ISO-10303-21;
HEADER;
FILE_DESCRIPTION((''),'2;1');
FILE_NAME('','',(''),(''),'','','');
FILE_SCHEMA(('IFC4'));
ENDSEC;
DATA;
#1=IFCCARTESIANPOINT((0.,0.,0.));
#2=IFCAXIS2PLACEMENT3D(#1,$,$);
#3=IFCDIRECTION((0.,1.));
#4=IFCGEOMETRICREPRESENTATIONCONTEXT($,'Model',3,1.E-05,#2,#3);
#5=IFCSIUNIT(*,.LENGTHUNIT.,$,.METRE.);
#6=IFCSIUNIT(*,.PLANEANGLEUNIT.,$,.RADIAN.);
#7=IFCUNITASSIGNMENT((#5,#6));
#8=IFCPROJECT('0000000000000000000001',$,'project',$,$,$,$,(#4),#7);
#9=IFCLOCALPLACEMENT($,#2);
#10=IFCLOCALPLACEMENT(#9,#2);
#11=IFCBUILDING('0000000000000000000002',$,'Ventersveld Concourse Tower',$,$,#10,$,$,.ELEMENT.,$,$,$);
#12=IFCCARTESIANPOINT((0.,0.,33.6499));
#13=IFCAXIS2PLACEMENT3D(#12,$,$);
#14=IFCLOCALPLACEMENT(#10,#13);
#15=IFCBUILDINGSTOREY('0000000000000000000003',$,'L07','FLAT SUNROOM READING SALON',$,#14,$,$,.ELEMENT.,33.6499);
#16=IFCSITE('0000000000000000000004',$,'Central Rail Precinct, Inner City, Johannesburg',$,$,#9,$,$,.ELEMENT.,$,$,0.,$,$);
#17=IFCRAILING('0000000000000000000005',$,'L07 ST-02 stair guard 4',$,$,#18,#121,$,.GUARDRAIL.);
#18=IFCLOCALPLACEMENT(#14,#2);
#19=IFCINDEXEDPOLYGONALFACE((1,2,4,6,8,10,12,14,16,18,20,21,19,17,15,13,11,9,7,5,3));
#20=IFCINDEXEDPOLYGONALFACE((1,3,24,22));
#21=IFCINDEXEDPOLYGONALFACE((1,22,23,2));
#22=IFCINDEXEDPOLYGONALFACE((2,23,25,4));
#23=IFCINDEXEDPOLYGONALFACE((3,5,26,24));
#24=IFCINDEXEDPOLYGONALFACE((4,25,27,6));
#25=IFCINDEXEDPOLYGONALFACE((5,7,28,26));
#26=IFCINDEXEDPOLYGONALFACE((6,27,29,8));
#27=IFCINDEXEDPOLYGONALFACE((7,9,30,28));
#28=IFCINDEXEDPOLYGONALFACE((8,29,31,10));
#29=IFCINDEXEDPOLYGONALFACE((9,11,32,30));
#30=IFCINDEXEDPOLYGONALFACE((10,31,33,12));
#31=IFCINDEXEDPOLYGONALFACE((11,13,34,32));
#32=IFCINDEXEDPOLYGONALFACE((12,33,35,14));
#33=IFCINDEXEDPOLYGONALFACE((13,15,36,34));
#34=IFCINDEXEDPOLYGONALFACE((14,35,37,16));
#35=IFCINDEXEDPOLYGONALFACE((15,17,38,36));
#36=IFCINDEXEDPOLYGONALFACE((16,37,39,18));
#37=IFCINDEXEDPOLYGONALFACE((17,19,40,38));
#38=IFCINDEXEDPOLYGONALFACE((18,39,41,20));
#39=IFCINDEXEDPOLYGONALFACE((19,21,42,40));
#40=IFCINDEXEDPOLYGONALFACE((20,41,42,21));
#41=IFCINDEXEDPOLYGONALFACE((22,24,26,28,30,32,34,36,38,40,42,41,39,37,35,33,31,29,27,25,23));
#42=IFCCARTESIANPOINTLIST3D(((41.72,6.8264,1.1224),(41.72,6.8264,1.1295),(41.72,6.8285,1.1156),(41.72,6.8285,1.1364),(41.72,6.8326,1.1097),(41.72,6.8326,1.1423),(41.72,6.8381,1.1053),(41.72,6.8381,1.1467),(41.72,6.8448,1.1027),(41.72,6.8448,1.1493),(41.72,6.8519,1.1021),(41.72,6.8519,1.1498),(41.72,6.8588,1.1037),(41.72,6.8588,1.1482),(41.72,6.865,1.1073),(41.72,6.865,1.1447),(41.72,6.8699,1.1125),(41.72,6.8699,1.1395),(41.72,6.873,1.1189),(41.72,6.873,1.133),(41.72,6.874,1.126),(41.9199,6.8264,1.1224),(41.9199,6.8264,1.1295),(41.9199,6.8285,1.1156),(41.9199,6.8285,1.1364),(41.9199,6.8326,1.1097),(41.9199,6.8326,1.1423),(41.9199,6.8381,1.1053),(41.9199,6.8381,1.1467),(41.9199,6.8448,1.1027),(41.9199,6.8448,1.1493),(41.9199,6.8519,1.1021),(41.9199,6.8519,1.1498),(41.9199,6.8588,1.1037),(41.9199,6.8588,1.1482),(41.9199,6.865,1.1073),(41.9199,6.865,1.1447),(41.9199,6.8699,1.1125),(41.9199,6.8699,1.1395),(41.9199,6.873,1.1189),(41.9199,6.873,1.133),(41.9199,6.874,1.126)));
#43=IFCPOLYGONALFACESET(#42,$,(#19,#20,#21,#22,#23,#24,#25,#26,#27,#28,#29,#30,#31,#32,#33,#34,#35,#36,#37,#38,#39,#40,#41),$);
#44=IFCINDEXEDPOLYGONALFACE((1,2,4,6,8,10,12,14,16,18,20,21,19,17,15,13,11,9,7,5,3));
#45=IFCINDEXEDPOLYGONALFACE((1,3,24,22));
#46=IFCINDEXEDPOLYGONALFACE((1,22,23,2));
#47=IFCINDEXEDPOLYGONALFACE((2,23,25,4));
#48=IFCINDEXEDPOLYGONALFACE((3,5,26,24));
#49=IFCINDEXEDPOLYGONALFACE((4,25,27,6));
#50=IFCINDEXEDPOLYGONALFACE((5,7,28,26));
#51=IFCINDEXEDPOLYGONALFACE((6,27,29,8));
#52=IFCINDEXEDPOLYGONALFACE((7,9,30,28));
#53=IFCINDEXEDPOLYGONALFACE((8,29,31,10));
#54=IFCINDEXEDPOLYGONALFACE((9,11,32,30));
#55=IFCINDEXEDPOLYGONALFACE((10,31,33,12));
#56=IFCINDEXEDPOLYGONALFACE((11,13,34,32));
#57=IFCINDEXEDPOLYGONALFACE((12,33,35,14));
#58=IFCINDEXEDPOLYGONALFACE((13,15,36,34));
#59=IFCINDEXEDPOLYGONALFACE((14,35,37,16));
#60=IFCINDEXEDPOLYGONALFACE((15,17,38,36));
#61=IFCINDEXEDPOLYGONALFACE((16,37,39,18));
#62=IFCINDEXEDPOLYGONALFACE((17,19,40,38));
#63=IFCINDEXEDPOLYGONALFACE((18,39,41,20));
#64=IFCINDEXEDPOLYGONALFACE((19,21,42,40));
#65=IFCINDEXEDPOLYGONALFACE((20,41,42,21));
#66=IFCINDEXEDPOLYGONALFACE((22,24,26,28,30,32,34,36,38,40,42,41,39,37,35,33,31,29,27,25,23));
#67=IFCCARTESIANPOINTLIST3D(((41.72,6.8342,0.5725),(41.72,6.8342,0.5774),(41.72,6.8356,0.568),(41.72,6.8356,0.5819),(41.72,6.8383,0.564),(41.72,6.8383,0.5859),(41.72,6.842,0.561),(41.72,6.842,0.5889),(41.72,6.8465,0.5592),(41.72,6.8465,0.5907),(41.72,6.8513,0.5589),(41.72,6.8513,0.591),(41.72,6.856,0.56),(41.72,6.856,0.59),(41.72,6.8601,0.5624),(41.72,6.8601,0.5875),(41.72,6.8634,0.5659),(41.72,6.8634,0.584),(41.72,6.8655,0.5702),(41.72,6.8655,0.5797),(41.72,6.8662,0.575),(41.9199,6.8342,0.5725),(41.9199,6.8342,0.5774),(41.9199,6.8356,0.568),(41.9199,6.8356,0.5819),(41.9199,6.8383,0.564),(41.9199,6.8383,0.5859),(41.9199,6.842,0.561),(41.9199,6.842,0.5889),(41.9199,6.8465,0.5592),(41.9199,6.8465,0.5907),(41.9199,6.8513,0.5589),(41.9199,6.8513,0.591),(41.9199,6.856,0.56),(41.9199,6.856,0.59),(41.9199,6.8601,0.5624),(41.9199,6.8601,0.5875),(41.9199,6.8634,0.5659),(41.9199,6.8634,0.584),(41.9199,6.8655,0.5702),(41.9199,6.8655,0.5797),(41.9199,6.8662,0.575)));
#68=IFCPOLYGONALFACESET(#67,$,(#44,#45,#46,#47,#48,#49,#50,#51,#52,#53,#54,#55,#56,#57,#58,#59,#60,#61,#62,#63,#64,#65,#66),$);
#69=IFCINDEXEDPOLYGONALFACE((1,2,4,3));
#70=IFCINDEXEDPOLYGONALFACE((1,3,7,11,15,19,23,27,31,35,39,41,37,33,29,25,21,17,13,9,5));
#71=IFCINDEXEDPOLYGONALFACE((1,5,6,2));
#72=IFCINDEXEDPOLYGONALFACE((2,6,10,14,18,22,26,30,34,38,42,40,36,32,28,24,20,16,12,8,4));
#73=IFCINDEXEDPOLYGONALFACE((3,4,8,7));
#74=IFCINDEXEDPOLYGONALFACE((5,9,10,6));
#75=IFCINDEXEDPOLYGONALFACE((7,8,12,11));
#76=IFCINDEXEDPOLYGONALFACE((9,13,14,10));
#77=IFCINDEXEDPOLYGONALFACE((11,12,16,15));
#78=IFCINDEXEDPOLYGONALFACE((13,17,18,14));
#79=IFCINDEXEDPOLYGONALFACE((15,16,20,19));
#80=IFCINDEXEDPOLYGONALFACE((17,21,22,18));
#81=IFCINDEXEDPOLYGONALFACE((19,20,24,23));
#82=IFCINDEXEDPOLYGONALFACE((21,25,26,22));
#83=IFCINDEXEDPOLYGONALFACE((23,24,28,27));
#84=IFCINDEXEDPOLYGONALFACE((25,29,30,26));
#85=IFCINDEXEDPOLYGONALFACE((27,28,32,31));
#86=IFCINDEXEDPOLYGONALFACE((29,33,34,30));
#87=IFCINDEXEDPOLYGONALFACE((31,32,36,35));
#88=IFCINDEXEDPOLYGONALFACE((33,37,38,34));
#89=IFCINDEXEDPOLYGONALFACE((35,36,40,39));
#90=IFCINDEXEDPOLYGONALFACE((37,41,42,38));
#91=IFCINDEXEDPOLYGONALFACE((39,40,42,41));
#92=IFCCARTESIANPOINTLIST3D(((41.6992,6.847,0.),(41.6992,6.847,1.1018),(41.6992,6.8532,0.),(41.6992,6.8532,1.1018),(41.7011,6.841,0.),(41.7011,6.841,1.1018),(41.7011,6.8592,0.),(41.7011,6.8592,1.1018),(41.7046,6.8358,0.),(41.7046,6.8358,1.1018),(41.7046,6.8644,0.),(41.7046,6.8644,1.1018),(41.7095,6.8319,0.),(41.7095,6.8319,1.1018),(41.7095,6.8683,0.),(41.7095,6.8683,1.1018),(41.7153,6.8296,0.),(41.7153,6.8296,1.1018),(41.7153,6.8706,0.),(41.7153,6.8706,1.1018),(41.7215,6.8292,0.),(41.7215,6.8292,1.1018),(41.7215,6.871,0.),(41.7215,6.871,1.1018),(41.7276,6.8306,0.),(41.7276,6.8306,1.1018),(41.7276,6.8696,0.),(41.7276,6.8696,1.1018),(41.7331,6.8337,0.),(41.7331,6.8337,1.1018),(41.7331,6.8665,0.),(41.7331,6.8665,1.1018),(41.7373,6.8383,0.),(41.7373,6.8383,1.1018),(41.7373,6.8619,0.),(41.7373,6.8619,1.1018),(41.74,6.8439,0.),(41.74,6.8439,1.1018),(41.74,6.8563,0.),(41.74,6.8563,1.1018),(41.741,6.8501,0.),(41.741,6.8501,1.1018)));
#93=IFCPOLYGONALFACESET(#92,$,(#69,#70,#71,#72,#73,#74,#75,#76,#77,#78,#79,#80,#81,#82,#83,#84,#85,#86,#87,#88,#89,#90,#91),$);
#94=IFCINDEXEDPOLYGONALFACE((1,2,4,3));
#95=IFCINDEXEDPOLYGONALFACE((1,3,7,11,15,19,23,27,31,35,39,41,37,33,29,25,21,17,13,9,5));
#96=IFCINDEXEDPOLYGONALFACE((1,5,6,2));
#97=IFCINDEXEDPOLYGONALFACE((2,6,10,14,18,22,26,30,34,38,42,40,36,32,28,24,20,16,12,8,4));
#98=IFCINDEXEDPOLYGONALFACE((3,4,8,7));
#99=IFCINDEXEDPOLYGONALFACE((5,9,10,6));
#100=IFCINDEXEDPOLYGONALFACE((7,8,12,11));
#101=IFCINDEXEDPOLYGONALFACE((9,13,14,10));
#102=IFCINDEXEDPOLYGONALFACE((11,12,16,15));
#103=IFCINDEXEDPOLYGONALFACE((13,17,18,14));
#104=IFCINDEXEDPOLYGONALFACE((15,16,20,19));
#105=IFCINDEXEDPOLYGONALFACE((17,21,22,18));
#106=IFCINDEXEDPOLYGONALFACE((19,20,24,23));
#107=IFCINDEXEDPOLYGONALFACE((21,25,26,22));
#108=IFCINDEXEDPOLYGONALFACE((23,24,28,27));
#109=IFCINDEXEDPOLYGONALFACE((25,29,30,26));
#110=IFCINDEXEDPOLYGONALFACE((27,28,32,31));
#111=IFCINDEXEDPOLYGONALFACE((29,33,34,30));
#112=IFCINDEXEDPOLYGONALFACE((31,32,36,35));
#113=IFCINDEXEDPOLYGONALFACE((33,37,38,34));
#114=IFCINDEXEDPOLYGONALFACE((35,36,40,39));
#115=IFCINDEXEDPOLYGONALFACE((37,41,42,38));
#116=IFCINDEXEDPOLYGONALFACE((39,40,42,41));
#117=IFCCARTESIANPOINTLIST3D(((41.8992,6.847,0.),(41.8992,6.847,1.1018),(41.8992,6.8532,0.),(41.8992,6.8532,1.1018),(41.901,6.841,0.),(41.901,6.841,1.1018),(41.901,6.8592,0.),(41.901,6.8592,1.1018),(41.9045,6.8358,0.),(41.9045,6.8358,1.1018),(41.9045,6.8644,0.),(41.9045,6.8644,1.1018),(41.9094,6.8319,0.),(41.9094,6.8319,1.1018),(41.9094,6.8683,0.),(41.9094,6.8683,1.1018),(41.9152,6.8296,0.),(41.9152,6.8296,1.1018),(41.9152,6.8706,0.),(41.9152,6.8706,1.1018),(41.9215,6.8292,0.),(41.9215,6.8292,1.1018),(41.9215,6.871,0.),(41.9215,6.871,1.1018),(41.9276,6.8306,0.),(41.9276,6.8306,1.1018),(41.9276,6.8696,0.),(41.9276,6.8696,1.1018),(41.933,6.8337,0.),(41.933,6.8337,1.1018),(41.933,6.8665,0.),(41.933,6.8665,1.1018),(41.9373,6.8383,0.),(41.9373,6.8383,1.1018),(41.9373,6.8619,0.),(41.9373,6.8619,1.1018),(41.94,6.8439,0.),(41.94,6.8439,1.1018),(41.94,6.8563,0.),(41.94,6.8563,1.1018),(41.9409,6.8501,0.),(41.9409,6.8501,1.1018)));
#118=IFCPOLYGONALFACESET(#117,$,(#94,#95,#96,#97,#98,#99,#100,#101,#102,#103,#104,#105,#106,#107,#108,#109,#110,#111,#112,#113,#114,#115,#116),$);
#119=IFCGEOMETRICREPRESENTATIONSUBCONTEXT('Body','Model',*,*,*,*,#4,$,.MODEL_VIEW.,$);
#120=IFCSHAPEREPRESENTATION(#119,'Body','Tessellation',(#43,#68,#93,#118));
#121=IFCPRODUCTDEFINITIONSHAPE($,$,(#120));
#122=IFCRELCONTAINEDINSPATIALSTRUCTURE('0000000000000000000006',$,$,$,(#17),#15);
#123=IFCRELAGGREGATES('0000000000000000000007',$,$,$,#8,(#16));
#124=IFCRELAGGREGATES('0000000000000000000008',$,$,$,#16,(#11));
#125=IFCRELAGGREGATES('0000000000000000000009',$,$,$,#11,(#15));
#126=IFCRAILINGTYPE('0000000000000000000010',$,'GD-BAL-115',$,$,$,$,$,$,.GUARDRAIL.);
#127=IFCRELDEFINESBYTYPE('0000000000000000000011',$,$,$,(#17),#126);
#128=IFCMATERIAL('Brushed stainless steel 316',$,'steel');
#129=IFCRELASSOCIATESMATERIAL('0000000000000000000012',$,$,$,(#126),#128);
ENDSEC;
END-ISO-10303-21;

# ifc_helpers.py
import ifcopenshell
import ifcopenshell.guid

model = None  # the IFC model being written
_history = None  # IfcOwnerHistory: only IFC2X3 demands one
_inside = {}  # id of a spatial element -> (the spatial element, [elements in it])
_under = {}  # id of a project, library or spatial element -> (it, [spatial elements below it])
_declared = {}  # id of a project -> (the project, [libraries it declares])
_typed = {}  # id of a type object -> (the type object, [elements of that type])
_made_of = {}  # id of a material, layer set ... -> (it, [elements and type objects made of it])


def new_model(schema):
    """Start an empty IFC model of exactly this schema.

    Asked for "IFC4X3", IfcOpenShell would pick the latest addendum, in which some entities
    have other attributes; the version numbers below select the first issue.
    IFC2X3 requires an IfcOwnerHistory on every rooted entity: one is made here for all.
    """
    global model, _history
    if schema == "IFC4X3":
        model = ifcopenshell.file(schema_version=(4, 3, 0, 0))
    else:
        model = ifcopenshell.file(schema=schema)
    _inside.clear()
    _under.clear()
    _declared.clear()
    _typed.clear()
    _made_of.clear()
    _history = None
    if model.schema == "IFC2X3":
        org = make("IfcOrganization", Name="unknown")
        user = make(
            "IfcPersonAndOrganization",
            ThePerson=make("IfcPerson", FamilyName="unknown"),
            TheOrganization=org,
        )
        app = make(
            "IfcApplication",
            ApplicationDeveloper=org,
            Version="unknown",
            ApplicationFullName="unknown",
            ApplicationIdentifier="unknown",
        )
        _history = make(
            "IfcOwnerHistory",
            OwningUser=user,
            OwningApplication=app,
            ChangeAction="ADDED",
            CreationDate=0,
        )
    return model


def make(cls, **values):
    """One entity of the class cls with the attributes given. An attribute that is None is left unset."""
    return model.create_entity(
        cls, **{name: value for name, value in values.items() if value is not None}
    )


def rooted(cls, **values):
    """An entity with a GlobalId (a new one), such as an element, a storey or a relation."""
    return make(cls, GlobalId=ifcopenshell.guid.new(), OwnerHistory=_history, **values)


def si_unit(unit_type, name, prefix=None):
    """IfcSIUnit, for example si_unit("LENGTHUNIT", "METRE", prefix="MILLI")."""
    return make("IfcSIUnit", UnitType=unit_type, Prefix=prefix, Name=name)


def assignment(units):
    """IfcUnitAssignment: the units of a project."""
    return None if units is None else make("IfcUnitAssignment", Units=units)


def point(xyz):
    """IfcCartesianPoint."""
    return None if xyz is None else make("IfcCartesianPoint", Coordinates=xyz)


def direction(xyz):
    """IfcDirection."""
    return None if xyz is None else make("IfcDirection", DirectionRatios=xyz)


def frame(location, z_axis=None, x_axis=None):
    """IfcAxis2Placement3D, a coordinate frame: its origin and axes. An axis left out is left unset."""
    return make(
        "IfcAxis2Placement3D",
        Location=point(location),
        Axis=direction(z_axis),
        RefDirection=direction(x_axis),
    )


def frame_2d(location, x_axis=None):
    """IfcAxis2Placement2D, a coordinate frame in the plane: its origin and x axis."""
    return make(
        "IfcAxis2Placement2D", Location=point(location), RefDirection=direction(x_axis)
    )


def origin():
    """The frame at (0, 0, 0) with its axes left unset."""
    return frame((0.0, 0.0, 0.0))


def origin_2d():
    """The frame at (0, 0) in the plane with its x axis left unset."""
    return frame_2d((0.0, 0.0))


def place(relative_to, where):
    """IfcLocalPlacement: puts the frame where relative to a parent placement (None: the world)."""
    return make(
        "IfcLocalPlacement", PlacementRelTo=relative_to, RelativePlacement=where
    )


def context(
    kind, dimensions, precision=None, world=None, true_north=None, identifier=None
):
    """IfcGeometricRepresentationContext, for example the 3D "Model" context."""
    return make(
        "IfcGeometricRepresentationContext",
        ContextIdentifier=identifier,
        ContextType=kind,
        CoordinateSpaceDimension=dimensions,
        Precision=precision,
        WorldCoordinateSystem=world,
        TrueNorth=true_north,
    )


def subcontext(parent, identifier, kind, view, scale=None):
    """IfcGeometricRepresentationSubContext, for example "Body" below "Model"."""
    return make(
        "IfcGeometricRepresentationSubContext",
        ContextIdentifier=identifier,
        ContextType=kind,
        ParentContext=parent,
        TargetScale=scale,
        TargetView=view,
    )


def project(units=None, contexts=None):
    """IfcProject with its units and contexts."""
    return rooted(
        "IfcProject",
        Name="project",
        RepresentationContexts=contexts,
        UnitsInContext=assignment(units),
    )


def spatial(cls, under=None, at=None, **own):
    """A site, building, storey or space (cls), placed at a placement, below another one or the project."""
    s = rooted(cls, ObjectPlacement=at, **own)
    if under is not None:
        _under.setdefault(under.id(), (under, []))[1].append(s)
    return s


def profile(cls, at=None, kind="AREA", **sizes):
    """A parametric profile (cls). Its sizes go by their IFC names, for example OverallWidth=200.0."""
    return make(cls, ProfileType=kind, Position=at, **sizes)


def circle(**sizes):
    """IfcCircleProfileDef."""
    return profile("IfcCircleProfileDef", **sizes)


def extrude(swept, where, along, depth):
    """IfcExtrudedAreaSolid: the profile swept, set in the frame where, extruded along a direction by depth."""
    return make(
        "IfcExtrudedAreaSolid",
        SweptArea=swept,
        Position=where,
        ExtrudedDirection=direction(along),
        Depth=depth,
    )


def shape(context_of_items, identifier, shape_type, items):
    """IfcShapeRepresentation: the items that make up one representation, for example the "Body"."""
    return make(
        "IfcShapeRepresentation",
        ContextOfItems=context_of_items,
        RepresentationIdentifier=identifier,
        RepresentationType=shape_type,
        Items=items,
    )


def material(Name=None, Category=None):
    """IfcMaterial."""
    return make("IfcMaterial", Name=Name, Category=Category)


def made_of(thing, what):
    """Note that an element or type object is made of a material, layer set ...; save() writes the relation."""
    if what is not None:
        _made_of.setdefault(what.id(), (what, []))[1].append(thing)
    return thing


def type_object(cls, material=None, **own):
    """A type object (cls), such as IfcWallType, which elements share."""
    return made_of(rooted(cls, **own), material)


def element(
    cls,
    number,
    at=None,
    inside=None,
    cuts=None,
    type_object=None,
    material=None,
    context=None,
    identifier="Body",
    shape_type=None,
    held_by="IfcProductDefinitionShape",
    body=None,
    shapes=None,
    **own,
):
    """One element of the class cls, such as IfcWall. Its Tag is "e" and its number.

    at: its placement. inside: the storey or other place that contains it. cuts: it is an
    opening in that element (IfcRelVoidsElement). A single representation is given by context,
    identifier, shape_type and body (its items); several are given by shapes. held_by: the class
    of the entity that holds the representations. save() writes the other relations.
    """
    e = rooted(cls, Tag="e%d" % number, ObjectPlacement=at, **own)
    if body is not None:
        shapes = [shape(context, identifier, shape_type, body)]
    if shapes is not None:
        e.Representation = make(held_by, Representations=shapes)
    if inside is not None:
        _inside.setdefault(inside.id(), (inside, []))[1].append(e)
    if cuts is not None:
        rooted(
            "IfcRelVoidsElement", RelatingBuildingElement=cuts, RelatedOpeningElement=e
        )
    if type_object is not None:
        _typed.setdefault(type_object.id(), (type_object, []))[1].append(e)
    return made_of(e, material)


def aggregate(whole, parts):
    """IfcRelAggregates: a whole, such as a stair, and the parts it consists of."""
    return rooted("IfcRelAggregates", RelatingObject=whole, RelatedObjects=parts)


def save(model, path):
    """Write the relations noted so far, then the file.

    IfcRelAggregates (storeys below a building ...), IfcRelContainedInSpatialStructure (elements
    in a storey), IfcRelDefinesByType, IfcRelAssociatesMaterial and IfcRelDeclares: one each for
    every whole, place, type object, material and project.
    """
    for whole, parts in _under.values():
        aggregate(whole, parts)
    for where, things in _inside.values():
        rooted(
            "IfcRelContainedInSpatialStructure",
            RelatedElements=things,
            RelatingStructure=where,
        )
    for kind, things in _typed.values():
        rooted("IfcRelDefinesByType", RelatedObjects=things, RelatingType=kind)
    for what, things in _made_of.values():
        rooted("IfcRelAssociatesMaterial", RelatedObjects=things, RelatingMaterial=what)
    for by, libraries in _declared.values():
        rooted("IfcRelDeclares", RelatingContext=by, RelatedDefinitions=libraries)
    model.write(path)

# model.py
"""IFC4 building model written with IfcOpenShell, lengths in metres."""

from ifc_helpers import new_model, si_unit, direction, frame, origin, origin_2d, place, context, subcontext, project, spatial, circle, extrude, material, type_object, element, save


model = new_model("IFC4")

# Units and contexts
model_context = context("Model", 3, precision=1e-05, world=origin(), true_north=direction((0.0, 1.0)))
body_context = subcontext(model_context, "Body", "Model", "MODEL_VIEW")
ifc_project = project(units=[si_unit("LENGTHUNIT", "METRE"), si_unit("PLANEANGLEUNIT", "RADIAN")], contexts=[model_context])

# Site, building, storey
site_placement = place(None, origin())
site = spatial("IfcSite", under=ifc_project, at=site_placement, Name="Central Rail Precinct, Inner City, Johannesburg", CompositionType="ELEMENT", RefElevation=0.0)
building_placement = place(site_placement, origin())
building = spatial("IfcBuilding", under=site, at=building_placement, Name="Ventersveld Concourse Tower", CompositionType="ELEMENT")
storey_placement = place(building_placement, frame((0.0, 0.0, 33.6499)))
storey = spatial("IfcBuildingStorey", under=building, at=storey_placement, Name="L07", Description="FLAT SUNROOM READING SALON", CompositionType="ELEMENT", Elevation=33.6499)

# Railing
ifc_material_1 = material(Name="Brushed stainless steel 316", Category="steel")
railing_type_1 = type_object("IfcRailingType", Name="GD-BAL-115", PredefinedType="GUARDRAIL", material=ifc_material_1)
railing_1_placement = place(storey_placement, frame((41.72, 6.8501, 0.0)))
element("IfcRailing", 1, at=railing_1_placement, inside=storey, type_object=railing_type_1, Name="L07 ST-02 stair guard 4", PredefinedType="GUARDRAIL", context=body_context, shape_type="SweptSolid", body=[
    extrude(circle(Radius=0.0239, at=origin_2d()), frame((0.0, 0.0, 1.126), z_axis=(1.0, 0.0, 0.0), x_axis=(0.0, 1.0, 0.0)), (0.0, 0.0, 1.0), 0.2),
    extrude(circle(Radius=0.0161, at=origin_2d()), frame((0.0, 0.0, 0.575), z_axis=(1.0, 0.0, 0.0), x_axis=(0.0, 1.0, 0.0)), (0.0, 0.0, 1.0), 0.2),
    extrude(circle(Radius=0.021, at=origin_2d()), origin(), (0.0, 0.0, 1.0), 1.1018),
    extrude(circle(Radius=0.021, at=origin_2d()), frame((0.2, 0.0, 0.0)), (0.0, 0.0, 1.0), 1.1018),
])

save(model, "model.ifc")
